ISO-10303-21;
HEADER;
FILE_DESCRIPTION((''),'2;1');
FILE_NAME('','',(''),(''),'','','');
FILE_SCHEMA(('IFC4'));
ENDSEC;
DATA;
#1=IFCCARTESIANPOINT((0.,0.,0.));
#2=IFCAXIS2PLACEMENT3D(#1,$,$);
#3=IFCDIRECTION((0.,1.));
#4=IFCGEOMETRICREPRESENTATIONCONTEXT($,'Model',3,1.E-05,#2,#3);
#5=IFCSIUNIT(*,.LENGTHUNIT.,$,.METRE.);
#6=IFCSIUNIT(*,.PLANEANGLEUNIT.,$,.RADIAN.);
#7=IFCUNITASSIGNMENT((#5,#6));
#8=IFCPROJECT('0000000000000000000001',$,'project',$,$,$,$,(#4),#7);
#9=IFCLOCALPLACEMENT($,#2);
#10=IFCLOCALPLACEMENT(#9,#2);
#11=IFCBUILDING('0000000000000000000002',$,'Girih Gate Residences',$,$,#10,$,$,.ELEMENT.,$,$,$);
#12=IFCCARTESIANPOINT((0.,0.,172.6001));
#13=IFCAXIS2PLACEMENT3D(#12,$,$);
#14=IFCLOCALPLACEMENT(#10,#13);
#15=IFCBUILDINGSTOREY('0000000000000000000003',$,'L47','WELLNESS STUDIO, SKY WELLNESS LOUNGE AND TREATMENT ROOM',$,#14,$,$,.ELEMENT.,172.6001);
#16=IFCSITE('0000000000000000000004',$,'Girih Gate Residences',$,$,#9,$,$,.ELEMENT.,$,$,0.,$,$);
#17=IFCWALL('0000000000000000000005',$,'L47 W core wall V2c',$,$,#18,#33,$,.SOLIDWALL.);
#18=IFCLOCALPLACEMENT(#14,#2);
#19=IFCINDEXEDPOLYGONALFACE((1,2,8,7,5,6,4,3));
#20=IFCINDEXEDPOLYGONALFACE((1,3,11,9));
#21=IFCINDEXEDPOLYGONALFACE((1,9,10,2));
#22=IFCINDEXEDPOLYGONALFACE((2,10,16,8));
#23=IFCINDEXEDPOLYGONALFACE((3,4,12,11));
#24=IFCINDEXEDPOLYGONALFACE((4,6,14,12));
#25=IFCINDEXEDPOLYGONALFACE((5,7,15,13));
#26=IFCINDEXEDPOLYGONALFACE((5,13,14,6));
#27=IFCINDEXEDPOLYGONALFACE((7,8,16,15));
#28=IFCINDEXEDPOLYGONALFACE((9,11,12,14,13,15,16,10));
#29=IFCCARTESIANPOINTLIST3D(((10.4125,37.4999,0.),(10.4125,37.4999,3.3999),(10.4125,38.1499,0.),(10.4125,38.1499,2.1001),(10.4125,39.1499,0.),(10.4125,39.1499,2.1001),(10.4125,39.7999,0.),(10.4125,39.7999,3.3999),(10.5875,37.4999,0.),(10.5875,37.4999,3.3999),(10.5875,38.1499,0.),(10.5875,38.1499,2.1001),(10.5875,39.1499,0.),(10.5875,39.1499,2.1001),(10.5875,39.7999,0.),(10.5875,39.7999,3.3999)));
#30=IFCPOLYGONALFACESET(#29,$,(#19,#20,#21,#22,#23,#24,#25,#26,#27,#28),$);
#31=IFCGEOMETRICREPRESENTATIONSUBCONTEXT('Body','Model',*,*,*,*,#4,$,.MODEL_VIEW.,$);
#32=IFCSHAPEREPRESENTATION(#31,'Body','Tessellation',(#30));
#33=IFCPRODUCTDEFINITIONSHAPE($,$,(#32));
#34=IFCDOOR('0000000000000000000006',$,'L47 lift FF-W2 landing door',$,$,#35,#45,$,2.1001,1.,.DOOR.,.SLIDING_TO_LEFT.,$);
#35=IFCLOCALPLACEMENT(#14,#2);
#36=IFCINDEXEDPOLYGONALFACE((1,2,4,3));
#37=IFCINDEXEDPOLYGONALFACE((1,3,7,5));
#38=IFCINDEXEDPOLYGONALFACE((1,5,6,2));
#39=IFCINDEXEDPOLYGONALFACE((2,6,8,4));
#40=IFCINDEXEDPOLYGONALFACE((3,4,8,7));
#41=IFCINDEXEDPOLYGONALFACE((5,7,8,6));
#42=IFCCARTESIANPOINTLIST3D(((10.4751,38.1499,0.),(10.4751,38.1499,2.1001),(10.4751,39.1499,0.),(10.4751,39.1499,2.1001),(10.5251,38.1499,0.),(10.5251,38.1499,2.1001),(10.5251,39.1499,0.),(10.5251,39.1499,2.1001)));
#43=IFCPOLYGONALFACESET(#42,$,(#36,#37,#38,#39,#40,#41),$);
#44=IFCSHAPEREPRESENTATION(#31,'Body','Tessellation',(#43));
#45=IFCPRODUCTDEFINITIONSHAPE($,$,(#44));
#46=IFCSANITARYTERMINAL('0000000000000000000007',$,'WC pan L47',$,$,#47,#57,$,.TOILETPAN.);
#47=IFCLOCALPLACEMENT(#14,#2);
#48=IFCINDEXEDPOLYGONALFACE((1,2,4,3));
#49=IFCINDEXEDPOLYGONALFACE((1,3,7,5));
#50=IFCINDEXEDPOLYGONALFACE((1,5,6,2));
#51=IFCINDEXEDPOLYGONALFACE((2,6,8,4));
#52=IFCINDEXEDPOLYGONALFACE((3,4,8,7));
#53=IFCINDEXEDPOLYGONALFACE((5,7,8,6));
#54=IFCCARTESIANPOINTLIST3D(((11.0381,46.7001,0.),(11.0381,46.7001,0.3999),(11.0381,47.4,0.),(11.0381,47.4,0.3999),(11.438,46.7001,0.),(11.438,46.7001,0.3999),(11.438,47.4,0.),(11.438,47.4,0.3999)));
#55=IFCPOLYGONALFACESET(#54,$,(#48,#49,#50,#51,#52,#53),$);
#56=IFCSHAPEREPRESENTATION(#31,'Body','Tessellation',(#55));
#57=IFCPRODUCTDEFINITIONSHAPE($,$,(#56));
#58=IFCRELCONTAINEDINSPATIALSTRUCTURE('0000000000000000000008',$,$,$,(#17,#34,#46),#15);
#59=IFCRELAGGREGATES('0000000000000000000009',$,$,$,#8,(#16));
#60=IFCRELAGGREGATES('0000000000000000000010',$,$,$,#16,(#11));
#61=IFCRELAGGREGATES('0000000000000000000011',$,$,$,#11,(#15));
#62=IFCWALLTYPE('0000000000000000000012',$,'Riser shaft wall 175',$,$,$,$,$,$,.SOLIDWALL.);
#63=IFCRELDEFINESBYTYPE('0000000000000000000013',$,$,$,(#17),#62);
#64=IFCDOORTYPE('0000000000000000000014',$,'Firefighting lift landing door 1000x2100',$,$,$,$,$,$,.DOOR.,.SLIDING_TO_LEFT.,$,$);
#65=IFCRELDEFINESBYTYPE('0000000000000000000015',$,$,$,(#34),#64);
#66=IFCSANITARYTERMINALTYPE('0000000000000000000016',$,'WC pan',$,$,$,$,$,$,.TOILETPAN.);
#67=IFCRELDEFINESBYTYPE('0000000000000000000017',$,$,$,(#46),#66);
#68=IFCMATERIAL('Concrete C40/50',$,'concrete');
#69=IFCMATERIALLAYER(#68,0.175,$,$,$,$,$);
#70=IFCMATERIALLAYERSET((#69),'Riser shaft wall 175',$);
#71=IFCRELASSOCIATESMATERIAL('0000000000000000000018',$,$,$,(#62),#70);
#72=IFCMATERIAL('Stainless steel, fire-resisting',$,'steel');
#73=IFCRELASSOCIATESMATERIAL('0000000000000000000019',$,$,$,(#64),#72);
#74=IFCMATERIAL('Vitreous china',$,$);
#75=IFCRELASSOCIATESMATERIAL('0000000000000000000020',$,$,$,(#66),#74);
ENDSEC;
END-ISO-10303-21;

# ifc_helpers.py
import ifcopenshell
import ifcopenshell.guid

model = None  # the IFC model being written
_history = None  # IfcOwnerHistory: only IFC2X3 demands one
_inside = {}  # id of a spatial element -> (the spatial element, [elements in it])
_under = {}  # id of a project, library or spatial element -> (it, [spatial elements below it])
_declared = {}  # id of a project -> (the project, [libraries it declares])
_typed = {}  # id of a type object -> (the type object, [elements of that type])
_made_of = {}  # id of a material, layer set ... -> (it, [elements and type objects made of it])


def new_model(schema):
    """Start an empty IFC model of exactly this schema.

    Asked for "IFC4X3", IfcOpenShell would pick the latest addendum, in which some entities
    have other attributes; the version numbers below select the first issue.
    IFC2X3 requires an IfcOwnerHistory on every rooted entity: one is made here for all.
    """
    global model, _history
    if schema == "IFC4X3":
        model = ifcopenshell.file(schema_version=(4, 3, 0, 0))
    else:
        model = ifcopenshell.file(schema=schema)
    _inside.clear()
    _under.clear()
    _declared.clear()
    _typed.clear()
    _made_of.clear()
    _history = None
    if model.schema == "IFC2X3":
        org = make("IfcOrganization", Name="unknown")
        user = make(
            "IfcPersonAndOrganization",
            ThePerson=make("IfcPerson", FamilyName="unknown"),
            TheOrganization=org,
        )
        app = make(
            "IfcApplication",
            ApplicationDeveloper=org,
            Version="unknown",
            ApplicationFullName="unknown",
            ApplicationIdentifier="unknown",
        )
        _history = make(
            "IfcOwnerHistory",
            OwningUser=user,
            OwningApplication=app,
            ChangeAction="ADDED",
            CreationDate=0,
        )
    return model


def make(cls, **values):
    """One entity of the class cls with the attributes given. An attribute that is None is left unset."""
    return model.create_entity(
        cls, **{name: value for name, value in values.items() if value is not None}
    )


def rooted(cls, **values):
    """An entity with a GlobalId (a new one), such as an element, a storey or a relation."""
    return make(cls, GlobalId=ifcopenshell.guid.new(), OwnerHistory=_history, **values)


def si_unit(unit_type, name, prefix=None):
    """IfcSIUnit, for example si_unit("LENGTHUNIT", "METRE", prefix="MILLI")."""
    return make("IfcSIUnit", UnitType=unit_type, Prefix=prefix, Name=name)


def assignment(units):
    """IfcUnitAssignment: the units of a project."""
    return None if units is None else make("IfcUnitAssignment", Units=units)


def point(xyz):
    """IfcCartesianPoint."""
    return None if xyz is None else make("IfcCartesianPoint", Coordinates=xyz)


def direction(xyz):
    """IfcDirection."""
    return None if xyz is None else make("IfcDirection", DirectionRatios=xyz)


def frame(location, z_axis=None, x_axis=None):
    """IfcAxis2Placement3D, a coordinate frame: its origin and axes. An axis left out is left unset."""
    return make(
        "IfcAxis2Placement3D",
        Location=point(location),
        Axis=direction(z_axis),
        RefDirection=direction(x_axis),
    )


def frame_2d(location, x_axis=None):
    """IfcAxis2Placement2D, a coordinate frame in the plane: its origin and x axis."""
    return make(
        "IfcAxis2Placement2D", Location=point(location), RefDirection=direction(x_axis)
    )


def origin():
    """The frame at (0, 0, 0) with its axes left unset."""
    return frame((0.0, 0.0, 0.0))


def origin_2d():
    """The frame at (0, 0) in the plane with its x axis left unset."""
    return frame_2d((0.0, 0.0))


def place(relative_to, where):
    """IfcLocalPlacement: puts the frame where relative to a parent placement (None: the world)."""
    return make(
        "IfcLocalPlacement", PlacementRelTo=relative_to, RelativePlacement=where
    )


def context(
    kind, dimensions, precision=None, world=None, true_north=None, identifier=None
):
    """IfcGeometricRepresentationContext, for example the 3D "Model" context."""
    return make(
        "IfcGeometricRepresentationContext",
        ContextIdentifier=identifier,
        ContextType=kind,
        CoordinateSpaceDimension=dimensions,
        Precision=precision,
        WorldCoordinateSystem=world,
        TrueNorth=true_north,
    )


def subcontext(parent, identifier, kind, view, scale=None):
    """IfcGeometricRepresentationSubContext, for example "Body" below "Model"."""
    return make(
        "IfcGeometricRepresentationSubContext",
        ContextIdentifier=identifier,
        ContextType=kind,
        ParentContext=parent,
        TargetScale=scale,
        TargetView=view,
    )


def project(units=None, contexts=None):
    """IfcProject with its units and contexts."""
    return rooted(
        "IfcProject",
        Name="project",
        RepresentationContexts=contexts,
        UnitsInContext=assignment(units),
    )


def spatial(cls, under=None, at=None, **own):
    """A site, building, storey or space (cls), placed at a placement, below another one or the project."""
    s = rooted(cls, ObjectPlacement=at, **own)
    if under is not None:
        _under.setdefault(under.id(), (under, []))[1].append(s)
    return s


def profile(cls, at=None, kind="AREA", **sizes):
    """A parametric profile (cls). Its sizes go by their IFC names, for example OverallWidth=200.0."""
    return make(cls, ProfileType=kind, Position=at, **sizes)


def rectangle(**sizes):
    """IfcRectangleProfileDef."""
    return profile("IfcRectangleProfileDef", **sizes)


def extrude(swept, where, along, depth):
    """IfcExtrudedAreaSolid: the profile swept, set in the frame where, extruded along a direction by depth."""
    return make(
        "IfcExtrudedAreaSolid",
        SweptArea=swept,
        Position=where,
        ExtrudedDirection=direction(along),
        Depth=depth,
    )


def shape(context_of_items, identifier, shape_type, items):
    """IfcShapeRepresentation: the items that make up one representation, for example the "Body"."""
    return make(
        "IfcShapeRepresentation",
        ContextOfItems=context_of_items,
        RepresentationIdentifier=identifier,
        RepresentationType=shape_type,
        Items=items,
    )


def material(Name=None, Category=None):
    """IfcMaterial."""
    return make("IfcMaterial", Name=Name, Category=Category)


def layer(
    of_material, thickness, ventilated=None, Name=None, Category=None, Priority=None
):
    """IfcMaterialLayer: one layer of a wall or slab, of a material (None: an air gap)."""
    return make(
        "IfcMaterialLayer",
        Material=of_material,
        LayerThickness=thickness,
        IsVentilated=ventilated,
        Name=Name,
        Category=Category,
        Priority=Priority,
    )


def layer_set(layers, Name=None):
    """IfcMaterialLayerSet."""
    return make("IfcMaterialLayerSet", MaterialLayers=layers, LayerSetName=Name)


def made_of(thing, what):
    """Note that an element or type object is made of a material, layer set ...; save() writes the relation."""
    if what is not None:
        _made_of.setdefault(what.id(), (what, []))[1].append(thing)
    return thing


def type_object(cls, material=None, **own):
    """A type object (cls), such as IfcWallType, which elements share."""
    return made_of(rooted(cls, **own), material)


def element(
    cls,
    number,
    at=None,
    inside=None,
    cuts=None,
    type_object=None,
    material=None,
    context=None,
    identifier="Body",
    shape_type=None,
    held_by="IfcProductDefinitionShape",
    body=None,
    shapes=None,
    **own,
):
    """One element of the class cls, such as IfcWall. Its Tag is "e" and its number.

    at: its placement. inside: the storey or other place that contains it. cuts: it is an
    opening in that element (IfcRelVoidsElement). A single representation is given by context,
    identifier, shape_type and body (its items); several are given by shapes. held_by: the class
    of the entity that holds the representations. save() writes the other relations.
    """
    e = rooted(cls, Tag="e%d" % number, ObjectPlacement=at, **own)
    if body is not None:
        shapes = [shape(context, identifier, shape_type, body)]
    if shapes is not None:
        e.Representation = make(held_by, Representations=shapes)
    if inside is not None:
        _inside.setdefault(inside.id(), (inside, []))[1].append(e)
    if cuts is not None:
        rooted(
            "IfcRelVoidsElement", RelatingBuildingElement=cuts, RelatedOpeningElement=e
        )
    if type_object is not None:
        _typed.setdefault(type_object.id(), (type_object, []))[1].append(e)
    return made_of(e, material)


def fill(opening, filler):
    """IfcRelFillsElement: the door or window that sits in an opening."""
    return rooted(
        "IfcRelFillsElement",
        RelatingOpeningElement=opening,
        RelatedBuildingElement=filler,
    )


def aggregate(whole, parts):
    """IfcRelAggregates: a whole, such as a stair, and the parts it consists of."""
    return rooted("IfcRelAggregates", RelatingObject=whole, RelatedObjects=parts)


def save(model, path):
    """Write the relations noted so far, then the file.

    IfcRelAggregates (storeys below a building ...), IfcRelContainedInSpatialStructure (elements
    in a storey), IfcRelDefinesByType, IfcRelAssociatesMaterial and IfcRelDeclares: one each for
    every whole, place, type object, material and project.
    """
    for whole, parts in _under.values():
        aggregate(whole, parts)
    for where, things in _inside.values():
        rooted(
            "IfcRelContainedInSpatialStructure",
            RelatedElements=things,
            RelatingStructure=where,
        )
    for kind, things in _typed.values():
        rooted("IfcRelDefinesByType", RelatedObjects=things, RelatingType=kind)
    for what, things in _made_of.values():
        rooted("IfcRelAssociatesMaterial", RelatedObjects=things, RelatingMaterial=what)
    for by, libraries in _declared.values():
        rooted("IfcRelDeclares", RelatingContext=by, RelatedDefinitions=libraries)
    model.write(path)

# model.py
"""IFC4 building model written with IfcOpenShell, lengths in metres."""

from ifc_helpers import new_model, si_unit, direction, frame, frame_2d, origin, origin_2d, place, context, subcontext, project, spatial, rectangle, extrude, material, layer, layer_set, type_object, element, fill, save


model = new_model("IFC4")

# Units and contexts
model_context = context("Model", 3, precision=1e-05, world=origin(), true_north=direction((0.0, 1.0)))
body_context = subcontext(model_context, "Body", "Model", "MODEL_VIEW")
ifc_project = project(units=[si_unit("LENGTHUNIT", "METRE"), si_unit("PLANEANGLEUNIT", "RADIAN")], contexts=[model_context])

# Site, building, storey
site_placement = place(None, origin())
site = spatial("IfcSite", under=ifc_project, at=site_placement, Name="Girih Gate Residences", CompositionType="ELEMENT", RefElevation=0.0)
building_placement = place(site_placement, origin())
building = spatial("IfcBuilding", under=site, at=building_placement, Name="Girih Gate Residences", CompositionType="ELEMENT")
storey_placement = place(building_placement, frame((0.0, 0.0, 172.6001)))
storey = spatial("IfcBuildingStorey", under=building, at=storey_placement, Name="L47", Description="WELLNESS STUDIO, SKY WELLNESS LOUNGE AND TREATMENT ROOM", CompositionType="ELEMENT", Elevation=172.6001)

# Wall, opening, door
ifc_material_1 = material(Name="Concrete C40/50", Category="concrete")
ifc_layer_1 = layer(ifc_material_1, 0.175)
ifc_layer_set_1 = layer_set([ifc_layer_1], Name="Riser shaft wall 175")
wall_type_1 = type_object("IfcWallType", Name="Riser shaft wall 175", PredefinedType="SOLIDWALL", material=ifc_layer_set_1)
wall_1_placement = place(storey_placement, frame((10.5, 37.5, 0.0), z_axis=(0.0, 0.0, 1.0), x_axis=(0.0, 1.0, 0.0)))
wall_1 = element("IfcWall", 1, at=wall_1_placement, inside=storey, type_object=wall_type_1, Name="L47 W core wall V2c", PredefinedType="SOLIDWALL", context=body_context, shape_type="SweptSolid", body=[
    extrude(rectangle(XDim=2.3, YDim=0.175, at=frame_2d((1.1499, 0.0))), origin(), (0.0, 0.0, 1.0), 3.3999),
])
opening_1_placement = place(wall_1_placement, frame((0.6499, 0.0, 0.0)))
opening_1 = element("IfcOpeningElement", 2, at=opening_1_placement, cuts=wall_1, PredefinedType="OPENING", context=body_context, shape_type="SweptSolid", body=[
    extrude(rectangle(XDim=1.0, YDim=2.1001, at=frame_2d((0.5, 1.05))), frame((0.0, 0.0974, 0.0), z_axis=(0.0, -1.0, 0.0), x_axis=(1.0, 0.0, 0.0)), (0.0, 0.0, 1.0), 0.1951),
])
ifc_material_2 = material(Name="Stainless steel, fire-resisting", Category="steel")
door_type_1 = type_object("IfcDoorType", Name="Firefighting lift landing door 1000x2100", OperationType="SLIDING_TO_LEFT", PredefinedType="DOOR", material=ifc_material_2)
door_1_placement = place(opening_1_placement, origin())
door_1 = element("IfcDoor", 3, at=door_1_placement, inside=storey, type_object=door_type_1, Name="L47 lift FF-W2 landing door", OperationType="SLIDING_TO_LEFT", OverallHeight=2.1001, OverallWidth=1.0, PredefinedType="DOOR", context=body_context, shape_type="SweptSolid", body=[
    extrude(rectangle(XDim=1.0, YDim=2.1001, at=frame_2d((0.5, 1.05))), frame((0.0, 0.0249, 0.0), z_axis=(0.0, -1.0, 0.0), x_axis=(1.0, 0.0, 0.0)), (0.0, 0.0, 1.0), 0.05),
])
fill(opening_1, door_1)

# Sanitary terminal
ifc_material_3 = material(Name="Vitreous china")
sanitary_terminal_type = type_object("IfcSanitaryTerminalType", Name="WC pan", PredefinedType="TOILETPAN", material=ifc_material_3)
sanitary_terminal_placement = place(storey_placement, frame((11.238, 47.05, 0.0), z_axis=(0.0, 0.0, 1.0), x_axis=(1.0, 0.0, 0.0)))
element("IfcSanitaryTerminal", 4, at=sanitary_terminal_placement, inside=storey, type_object=sanitary_terminal_type, Name="WC pan L47", PredefinedType="TOILETPAN", context=body_context, shape_type="SweptSolid", body=[
    extrude(rectangle(XDim=0.3999, YDim=0.7, at=origin_2d()), origin(), (0.0, 0.0, 1.0), 0.3999),
])

save(model, "model.ifc")
